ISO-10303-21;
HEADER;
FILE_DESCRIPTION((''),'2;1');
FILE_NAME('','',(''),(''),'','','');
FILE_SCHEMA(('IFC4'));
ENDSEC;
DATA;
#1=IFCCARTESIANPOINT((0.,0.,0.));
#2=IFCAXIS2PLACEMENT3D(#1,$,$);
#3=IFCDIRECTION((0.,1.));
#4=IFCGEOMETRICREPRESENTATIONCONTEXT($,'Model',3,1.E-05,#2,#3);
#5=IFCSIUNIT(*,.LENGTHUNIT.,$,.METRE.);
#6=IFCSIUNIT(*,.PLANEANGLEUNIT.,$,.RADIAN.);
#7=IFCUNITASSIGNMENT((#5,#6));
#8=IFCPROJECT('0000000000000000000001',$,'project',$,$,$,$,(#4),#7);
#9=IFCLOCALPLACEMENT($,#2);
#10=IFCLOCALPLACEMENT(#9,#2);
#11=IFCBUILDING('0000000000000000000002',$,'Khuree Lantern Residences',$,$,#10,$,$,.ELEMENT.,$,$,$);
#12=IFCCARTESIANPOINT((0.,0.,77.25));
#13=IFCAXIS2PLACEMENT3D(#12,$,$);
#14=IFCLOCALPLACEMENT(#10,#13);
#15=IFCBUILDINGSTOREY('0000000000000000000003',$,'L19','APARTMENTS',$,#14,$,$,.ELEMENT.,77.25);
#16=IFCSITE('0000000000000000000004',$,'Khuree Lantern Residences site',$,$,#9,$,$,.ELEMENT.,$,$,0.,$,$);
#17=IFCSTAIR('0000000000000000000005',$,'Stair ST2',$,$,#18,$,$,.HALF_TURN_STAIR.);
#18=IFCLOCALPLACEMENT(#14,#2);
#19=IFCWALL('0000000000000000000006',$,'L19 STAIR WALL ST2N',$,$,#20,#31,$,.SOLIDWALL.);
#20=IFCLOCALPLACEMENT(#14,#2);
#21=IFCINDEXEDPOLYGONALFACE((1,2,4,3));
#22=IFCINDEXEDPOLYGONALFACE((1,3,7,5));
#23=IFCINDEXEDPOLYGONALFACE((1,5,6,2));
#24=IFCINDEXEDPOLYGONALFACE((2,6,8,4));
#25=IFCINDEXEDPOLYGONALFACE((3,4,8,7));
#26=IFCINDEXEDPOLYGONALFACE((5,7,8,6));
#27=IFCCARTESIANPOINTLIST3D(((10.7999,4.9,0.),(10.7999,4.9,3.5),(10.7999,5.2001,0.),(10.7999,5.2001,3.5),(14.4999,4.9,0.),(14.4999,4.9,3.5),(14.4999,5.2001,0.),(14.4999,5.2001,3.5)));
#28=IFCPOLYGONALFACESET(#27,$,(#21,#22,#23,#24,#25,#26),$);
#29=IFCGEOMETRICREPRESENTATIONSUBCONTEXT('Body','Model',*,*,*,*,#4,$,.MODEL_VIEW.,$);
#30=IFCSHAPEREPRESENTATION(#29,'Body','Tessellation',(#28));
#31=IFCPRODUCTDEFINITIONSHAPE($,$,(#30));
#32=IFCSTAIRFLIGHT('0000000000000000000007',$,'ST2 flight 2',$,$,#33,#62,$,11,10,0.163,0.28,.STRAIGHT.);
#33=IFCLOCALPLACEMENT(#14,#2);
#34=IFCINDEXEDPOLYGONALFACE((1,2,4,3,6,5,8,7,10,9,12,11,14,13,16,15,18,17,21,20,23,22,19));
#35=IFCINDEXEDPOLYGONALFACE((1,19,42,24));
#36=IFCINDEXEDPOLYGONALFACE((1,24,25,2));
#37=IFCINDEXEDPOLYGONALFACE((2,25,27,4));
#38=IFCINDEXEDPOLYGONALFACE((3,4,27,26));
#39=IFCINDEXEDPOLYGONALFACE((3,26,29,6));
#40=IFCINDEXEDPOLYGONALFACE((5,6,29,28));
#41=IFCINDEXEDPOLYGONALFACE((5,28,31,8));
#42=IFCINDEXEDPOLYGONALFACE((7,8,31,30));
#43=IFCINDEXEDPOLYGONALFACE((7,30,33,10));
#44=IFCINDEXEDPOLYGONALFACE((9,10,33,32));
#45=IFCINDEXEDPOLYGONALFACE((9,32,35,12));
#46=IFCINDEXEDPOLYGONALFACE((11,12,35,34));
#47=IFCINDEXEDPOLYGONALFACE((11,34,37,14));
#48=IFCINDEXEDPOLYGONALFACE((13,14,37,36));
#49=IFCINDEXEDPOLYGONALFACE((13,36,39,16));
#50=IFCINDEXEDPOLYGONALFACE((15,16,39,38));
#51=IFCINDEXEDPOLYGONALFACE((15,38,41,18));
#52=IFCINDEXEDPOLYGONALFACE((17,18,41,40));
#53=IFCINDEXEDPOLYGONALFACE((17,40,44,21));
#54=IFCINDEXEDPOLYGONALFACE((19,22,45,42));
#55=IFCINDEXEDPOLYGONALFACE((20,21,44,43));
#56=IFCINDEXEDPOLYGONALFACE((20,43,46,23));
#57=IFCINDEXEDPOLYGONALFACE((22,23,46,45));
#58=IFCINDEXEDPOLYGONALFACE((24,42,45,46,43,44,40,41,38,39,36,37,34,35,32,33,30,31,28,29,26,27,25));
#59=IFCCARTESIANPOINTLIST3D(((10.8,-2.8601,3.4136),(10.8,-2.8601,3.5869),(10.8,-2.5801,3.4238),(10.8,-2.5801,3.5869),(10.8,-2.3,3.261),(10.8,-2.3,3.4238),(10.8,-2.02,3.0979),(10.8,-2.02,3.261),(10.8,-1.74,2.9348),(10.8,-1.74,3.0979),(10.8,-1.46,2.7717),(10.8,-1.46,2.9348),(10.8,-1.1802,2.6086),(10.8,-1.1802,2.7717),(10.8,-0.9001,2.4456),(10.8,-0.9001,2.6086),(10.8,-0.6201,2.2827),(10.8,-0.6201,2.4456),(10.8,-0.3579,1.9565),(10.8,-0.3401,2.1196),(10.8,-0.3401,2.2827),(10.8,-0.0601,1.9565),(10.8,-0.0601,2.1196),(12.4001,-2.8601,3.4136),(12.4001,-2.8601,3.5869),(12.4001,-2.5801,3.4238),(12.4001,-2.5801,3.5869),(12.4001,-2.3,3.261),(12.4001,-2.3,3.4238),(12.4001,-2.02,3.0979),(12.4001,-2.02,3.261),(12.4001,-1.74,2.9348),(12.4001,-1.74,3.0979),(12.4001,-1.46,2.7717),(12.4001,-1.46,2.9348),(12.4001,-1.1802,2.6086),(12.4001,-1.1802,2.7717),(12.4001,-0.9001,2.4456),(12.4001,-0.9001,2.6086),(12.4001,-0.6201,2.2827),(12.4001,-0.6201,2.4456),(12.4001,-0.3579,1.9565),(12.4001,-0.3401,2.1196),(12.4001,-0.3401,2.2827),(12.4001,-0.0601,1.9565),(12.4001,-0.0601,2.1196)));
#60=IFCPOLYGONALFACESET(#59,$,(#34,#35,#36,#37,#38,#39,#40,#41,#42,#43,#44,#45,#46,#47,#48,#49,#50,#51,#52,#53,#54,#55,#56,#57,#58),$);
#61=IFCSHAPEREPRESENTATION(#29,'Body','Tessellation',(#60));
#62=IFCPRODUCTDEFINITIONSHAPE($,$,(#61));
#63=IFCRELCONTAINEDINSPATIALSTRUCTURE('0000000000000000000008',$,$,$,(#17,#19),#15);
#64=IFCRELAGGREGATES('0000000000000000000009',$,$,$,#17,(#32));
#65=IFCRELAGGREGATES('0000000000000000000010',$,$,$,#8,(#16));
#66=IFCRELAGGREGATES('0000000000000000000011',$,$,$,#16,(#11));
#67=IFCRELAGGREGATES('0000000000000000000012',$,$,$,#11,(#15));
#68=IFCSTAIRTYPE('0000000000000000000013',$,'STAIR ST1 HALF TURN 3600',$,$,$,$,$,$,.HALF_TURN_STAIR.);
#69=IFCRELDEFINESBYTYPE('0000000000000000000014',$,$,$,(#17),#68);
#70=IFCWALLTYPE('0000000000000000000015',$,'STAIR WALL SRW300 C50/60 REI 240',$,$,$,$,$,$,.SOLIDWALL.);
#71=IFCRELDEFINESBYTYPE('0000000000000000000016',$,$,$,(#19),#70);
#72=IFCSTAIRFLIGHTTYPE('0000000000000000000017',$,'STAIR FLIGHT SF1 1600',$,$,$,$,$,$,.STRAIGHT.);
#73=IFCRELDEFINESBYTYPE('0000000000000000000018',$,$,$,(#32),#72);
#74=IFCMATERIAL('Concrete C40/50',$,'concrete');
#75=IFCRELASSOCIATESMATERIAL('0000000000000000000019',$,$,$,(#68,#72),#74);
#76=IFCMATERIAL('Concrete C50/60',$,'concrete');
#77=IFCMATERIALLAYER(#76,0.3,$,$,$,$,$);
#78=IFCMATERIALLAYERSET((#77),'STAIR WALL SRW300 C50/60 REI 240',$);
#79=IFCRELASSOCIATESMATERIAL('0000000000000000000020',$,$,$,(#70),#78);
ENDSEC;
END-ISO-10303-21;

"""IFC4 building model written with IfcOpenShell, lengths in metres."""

from ifc_helpers import new_model, si_unit, direction, frame, frame_2d, origin, place, context, subcontext, project, spatial, polyline, rectangle, outline, extrude, material, layer, layer_set, type_object, element, aggregate, save


model = new_model("IFC4")

# Units and contexts
model_context = context("Model", 3, precision=1e-05, world=origin(), true_north=direction((0.0, 1.0)))
body_context = subcontext(model_context, "Body", "Model", "MODEL_VIEW")
ifc_project = project(units=[si_unit("LENGTHUNIT", "METRE"), si_unit("PLANEANGLEUNIT", "RADIAN")], contexts=[model_context])

# Site, building, storey
site_placement = place(None, origin())
site = spatial("IfcSite", under=ifc_project, at=site_placement, Name="Khuree Lantern Residences site", CompositionType="ELEMENT", RefElevation=0.0)
building_placement = place(site_placement, origin())
building = spatial("IfcBuilding", under=site, at=building_placement, Name="Khuree Lantern Residences", CompositionType="ELEMENT")
storey_placement = place(building_placement, frame((0.0, 0.0, 77.25)))
storey = spatial("IfcBuildingStorey", under=building, at=storey_placement, Name="L19", Description="APARTMENTS", CompositionType="ELEMENT", Elevation=77.25)

# Stair
ifc_material_1 = material(Name="Concrete C40/50", Category="concrete")
stair_type = type_object("IfcStairType", Name="STAIR ST1 HALF TURN 3600", PredefinedType="HALF_TURN_STAIR", material=ifc_material_1)
stair_1_placement = place(storey_placement, origin())
stair_1 = element("IfcStair", 1, at=stair_1_placement, inside=storey, type_object=stair_type, Name="Stair ST2", PredefinedType="HALF_TURN_STAIR")

# Wall
ifc_material_2 = material(Name="Concrete C50/60", Category="concrete")
ifc_layer_1 = layer(ifc_material_2, 0.3)
ifc_layer_set_1 = layer_set([ifc_layer_1], Name="STAIR WALL SRW300 C50/60 REI 240")
wall_type_1 = type_object("IfcWallType", Name="STAIR WALL SRW300 C50/60 REI 240", PredefinedType="SOLIDWALL", material=ifc_layer_set_1)
wall_1_placement = place(storey_placement, frame((14.5, 5.05, 0.0), z_axis=(0.0, 0.0, 1.0), x_axis=(-1.0, 0.0, 0.0)))
element("IfcWall", 2, at=wall_1_placement, inside=storey, type_object=wall_type_1, Name="L19 STAIR WALL ST2N", PredefinedType="SOLIDWALL", context=body_context, shape_type="SweptSolid", body=[
    extrude(rectangle(XDim=3.7, YDim=0.3, at=frame_2d((1.8501, 0.0))), origin(), (0.0, 0.0, 1.0), 3.5),
])

# Stair flight
stair_flight_type = type_object("IfcStairFlightType", Name="STAIR FLIGHT SF1 1600", PredefinedType="STRAIGHT", material=ifc_material_1)
stair_flight_placement = place(storey_placement, frame((11.6001, -0.0601, 1.9565), z_axis=(0.0, 0.0, 1.0), x_axis=(0.0, -1.0, 0.0)))
stair_flight = element("IfcStairFlight", 3, at=stair_flight_placement, type_object=stair_flight_type, Name="ST2 flight 2", NumberOfRisers=11, NumberOfTreads=10, PredefinedType="STRAIGHT", RiserHeight=0.163, TreadLength=0.28, context=body_context, shape_type="SweptSolid", body=[
    extrude(outline(polyline([(0.0, 0.0), (0.0, 0.1631), (0.28, 0.1631), (0.28, 0.3262), (0.5601, 0.3262), (0.5601, 0.489), (0.8401, 0.489), (0.8401, 0.6521), (1.1201, 0.6521), (1.1201, 0.8152), (1.3999, 0.8152), (1.3999, 0.9783), (1.6799, 0.9783), (1.6799, 1.1414), (1.96, 1.1414), (1.96, 1.3044), (2.24, 1.3044), (2.24, 1.4673), (2.52, 1.4673), (2.52, 1.6304), (2.8, 1.6304), (2.8, 1.7935), (2.8, 1.457), (0.2979, 0.0), (0.0, 0.0)])), frame((0.0, 0.8, 0.0), z_axis=(0.0, -1.0, 0.0), x_axis=(1.0, 0.0, 0.0)), (0.0, 0.0, 1.0), 1.6001),
])
aggregate(stair_1, [stair_flight])

save(model, "model.ifc")
